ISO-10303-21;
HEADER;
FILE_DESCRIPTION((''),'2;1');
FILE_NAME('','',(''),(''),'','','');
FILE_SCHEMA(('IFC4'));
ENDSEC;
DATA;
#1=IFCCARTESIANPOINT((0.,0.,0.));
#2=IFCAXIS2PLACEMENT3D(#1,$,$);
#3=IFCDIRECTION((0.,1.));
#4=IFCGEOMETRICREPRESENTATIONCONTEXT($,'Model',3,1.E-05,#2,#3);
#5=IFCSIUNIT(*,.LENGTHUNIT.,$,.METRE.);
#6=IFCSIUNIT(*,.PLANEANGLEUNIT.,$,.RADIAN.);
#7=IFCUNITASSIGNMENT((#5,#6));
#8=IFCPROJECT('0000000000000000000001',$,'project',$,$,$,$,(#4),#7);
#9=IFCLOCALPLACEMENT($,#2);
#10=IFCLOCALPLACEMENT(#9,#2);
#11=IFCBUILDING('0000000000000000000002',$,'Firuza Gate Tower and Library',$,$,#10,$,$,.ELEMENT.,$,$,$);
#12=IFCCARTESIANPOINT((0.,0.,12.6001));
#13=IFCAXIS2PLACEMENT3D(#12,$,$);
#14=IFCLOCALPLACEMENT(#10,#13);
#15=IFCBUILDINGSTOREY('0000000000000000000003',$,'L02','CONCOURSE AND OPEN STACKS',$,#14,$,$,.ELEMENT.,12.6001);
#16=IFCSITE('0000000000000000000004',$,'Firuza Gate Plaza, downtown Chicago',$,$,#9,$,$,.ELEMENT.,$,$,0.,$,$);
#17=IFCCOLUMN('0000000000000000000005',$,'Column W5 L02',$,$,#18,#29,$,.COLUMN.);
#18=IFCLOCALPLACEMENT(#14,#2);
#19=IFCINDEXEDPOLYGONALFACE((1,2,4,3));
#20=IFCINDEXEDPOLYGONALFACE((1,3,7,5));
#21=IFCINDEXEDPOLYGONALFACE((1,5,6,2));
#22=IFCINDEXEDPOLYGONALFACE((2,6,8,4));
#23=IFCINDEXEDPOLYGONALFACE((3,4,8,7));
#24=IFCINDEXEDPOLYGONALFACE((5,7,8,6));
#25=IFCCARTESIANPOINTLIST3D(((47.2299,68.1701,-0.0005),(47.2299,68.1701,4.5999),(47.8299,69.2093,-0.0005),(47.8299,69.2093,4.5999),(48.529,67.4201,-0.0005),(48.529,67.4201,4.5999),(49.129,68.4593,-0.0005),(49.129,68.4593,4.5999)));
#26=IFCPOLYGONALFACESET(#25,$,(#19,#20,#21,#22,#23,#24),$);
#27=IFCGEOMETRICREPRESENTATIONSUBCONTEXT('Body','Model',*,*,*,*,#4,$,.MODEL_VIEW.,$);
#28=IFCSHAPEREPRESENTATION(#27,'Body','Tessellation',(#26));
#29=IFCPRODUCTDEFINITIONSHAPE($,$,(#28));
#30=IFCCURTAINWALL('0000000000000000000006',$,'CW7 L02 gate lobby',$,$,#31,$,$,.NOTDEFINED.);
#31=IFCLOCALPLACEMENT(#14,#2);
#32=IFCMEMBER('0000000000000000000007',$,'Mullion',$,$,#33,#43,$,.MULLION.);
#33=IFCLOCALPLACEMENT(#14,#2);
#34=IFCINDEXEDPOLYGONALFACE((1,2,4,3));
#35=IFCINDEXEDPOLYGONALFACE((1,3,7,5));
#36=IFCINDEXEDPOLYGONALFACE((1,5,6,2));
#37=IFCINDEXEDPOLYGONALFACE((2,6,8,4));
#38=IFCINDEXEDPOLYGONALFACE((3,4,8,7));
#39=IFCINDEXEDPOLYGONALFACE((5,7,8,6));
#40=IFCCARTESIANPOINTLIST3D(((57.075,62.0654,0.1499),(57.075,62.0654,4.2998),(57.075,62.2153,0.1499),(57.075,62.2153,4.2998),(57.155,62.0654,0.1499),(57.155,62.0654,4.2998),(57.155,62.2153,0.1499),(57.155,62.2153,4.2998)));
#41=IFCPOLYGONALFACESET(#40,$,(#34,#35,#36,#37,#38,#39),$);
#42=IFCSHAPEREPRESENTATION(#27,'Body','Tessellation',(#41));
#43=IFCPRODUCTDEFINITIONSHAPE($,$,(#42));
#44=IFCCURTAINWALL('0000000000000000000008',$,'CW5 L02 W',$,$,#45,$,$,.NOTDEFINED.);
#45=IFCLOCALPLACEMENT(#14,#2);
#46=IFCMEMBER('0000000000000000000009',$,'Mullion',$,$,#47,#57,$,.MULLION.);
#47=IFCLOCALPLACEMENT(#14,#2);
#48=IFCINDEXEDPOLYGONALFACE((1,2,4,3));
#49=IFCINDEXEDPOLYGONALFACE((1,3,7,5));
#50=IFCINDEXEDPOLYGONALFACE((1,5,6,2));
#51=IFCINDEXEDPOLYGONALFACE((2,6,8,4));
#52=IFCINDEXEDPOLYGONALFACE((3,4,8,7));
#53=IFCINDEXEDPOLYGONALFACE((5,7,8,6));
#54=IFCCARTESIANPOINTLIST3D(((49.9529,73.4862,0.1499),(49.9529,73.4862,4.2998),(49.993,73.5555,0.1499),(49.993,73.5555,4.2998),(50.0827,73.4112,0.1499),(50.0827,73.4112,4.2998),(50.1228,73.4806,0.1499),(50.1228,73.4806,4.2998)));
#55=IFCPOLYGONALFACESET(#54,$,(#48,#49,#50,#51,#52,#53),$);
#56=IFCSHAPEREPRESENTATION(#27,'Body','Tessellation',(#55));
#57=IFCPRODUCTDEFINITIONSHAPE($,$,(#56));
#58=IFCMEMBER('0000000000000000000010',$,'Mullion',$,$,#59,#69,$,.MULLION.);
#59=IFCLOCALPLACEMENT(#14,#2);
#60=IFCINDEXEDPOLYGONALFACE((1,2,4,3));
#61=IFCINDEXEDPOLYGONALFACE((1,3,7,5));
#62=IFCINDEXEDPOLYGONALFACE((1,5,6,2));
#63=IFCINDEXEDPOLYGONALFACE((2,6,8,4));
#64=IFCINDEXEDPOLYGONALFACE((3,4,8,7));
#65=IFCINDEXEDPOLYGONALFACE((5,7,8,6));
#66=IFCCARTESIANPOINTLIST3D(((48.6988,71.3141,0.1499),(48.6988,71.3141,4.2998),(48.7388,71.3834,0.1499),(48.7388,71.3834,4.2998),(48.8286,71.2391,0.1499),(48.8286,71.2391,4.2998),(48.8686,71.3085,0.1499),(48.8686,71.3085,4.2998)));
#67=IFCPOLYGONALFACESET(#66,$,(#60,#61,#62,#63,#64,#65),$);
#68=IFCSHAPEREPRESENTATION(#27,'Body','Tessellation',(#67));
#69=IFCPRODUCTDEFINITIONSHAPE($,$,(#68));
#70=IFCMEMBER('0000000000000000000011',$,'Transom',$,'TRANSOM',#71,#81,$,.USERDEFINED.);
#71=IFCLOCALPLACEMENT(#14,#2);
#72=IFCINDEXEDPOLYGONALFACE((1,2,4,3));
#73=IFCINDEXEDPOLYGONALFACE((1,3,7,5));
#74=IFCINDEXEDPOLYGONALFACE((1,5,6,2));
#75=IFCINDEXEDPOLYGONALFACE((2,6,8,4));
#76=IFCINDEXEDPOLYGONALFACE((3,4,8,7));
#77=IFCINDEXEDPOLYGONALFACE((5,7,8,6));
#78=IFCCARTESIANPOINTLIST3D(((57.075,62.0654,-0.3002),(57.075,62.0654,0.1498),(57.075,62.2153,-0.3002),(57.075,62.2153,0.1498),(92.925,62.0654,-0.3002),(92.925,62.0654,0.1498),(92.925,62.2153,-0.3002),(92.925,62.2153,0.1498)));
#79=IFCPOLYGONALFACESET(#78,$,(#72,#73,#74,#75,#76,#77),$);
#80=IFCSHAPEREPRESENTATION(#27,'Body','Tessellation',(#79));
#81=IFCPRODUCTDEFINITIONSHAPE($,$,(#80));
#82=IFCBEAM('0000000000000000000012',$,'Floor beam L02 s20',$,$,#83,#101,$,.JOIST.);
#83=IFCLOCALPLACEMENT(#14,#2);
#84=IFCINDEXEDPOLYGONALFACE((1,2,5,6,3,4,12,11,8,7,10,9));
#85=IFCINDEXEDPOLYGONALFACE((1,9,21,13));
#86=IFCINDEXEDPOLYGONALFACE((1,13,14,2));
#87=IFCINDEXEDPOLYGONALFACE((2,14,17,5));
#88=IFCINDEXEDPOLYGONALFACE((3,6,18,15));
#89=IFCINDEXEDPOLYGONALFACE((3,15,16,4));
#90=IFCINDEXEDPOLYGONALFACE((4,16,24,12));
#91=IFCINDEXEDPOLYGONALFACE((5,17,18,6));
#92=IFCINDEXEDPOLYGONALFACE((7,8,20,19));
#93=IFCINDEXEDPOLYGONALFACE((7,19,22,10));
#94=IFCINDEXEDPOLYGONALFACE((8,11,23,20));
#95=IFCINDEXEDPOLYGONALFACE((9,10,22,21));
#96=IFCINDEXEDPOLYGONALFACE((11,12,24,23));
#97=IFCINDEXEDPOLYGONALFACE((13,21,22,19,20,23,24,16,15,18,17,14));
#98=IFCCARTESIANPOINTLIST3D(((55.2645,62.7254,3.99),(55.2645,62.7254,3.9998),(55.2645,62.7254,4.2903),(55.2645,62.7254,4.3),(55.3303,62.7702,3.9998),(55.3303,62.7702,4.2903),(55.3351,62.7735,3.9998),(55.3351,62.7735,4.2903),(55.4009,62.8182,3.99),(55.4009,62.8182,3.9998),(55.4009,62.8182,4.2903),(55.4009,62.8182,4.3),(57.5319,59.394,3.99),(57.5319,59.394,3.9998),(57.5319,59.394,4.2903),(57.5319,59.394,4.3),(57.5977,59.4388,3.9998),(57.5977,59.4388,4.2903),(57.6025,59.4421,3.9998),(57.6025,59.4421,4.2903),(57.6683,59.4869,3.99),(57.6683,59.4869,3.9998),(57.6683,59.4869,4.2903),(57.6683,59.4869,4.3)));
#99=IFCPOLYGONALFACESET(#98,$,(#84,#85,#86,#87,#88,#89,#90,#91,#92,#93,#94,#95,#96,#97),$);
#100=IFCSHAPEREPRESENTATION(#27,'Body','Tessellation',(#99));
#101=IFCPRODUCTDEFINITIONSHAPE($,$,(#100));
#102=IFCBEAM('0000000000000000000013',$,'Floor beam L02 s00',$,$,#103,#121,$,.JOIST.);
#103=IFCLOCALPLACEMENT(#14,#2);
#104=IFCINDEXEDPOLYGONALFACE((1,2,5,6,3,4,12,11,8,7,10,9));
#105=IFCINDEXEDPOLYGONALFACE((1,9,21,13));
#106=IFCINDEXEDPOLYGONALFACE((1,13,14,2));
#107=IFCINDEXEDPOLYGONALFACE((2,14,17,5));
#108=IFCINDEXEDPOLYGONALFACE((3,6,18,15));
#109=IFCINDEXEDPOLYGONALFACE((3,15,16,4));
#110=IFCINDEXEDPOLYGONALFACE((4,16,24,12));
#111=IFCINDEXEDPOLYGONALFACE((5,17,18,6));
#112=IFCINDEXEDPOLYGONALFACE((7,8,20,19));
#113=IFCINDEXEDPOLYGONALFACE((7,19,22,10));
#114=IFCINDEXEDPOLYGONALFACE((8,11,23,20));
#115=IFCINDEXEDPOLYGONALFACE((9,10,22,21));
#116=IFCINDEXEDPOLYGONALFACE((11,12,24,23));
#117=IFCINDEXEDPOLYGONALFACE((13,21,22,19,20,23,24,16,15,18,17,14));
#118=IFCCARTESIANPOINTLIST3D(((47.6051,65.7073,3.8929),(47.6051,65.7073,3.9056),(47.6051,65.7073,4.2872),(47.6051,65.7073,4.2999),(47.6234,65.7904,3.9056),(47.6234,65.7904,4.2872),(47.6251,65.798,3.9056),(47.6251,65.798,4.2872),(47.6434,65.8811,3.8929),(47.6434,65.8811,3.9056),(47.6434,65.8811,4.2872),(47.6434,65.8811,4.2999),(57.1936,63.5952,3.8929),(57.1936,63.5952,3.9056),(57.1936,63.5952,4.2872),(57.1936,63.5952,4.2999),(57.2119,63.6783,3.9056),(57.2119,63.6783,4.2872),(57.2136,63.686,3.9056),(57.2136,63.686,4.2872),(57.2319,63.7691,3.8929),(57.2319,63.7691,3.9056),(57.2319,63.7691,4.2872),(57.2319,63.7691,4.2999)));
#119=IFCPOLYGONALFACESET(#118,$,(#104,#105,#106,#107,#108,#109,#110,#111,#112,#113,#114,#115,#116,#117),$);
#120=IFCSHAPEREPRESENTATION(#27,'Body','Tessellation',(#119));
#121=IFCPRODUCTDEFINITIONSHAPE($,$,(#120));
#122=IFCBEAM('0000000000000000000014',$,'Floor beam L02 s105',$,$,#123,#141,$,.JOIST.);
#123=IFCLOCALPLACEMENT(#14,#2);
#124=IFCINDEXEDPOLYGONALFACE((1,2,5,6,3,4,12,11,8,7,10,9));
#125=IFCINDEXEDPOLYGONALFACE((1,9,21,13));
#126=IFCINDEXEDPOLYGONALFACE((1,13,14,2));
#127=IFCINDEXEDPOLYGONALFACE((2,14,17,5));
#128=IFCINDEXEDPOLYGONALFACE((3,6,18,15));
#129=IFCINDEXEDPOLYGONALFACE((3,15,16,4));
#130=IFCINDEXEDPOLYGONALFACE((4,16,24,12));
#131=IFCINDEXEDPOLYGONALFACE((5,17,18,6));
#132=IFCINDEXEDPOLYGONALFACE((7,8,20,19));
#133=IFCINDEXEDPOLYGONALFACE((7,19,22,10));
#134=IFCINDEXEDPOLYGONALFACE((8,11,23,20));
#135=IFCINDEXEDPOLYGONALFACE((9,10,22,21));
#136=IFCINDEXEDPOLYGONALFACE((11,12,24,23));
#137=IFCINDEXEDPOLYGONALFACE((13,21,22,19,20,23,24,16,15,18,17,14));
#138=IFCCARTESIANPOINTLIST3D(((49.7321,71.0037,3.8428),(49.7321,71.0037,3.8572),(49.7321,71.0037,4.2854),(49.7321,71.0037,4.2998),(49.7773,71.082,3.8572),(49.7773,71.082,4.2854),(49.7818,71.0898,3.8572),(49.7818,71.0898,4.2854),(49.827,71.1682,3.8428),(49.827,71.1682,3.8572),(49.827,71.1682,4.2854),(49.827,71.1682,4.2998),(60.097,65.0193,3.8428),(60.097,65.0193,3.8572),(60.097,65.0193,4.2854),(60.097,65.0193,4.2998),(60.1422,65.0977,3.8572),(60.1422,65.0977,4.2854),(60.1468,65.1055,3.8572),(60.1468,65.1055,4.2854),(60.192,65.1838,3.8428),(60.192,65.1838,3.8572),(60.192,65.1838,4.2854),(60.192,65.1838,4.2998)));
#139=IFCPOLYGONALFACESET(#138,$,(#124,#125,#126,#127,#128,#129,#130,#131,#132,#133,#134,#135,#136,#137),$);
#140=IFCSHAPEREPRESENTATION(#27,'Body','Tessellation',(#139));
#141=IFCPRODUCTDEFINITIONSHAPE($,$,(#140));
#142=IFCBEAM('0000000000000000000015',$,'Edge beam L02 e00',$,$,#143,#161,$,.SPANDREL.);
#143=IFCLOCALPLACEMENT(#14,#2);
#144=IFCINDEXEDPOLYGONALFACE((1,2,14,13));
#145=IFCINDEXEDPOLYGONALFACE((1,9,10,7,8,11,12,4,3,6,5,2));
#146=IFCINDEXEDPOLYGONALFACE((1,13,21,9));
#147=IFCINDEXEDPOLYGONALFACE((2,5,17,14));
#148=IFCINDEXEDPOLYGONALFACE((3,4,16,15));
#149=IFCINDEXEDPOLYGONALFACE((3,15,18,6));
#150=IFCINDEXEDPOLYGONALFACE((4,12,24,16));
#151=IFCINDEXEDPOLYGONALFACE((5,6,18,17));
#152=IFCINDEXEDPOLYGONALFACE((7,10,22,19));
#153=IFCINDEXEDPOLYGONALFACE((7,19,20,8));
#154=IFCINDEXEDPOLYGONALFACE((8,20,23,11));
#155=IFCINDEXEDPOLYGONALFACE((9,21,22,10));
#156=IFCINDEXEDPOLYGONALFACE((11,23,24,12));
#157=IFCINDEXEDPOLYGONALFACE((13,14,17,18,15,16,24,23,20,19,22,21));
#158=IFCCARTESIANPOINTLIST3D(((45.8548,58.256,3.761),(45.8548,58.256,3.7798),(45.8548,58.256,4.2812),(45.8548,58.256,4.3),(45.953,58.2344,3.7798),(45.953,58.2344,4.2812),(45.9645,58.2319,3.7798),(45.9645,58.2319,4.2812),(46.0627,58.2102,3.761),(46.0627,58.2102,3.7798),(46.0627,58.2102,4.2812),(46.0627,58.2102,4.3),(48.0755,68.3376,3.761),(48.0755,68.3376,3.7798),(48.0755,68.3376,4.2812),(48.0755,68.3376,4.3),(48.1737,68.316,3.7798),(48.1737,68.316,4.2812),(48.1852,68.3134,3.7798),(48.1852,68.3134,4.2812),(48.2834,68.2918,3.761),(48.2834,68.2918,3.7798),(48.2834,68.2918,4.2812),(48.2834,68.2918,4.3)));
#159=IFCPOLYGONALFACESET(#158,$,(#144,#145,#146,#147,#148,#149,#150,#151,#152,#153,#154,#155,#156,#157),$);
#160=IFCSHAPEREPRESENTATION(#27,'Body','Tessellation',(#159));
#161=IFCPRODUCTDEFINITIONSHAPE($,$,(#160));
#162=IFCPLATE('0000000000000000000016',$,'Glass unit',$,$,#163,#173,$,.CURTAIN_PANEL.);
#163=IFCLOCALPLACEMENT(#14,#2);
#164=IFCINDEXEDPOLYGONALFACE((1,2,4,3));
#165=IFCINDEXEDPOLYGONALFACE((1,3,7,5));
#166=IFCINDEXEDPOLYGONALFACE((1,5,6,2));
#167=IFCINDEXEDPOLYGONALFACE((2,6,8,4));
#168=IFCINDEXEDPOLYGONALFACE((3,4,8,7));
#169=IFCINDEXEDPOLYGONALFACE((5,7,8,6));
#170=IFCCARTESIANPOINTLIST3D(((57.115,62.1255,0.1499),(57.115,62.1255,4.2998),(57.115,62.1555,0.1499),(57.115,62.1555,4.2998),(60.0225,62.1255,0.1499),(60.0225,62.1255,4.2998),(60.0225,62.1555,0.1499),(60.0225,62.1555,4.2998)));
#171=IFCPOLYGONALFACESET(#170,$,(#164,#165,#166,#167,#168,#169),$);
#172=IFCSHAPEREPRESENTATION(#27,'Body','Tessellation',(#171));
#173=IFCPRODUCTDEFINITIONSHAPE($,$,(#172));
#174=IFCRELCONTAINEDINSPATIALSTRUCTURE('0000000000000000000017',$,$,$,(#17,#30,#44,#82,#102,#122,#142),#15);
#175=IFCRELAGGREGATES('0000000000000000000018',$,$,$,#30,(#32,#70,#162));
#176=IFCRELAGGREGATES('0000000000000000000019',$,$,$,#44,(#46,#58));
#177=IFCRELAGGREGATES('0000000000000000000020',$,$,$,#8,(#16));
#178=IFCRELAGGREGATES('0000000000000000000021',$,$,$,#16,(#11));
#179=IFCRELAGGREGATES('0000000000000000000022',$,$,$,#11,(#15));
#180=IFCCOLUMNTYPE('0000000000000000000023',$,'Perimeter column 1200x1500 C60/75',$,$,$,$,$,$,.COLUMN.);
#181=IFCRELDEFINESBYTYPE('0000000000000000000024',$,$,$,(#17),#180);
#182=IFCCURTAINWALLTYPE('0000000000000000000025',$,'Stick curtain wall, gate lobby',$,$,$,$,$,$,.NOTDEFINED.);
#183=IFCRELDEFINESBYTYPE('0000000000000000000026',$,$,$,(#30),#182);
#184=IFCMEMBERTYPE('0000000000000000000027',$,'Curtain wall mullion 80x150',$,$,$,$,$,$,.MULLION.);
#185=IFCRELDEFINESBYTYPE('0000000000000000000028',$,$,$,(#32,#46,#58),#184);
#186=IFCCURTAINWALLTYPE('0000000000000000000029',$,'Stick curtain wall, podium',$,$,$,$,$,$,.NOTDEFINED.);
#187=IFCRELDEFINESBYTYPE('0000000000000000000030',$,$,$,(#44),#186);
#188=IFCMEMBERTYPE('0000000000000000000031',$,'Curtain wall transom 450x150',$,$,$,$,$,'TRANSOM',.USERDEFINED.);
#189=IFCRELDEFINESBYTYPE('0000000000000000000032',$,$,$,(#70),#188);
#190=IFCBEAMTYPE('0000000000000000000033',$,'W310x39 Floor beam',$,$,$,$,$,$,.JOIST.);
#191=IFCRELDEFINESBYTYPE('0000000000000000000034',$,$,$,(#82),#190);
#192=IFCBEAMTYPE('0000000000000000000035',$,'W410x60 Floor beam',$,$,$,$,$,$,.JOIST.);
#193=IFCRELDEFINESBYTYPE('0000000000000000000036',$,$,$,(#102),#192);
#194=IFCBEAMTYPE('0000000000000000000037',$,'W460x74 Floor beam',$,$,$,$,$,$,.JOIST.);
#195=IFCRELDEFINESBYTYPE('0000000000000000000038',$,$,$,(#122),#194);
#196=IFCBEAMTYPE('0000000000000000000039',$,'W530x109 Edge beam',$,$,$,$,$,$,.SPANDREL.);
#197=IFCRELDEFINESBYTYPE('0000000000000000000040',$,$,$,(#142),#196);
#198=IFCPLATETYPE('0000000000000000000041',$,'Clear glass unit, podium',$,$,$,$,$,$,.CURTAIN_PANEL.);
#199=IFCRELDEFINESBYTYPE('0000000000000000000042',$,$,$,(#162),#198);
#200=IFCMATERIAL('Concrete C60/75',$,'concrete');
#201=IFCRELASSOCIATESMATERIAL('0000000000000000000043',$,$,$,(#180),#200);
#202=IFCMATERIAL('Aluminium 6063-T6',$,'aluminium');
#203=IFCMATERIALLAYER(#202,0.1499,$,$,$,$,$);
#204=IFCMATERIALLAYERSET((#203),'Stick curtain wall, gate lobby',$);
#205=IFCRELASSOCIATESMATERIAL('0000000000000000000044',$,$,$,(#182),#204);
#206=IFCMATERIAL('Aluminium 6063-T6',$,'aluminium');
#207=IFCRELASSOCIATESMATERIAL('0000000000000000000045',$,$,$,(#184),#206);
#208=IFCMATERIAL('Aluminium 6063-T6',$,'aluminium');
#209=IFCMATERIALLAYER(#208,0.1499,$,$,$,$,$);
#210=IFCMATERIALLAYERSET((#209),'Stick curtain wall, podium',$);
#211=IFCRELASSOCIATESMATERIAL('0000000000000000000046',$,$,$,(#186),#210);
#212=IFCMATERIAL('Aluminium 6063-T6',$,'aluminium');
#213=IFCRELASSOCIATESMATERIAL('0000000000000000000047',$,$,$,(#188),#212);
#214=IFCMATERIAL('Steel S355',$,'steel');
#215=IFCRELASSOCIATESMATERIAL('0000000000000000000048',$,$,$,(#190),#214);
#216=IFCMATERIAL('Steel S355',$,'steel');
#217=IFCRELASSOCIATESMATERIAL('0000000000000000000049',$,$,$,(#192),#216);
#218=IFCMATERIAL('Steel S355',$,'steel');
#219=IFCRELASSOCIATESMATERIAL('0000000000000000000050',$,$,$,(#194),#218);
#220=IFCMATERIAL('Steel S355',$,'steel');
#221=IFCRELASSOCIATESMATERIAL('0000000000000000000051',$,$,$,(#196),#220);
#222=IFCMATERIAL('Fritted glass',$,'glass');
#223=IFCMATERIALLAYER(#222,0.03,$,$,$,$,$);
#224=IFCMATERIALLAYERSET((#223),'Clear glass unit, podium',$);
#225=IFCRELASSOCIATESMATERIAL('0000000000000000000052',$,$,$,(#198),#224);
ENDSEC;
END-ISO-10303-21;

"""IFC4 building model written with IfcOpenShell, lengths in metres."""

from ifc_helpers import new_model, si_unit, direction, frame, origin, origin_2d, place, context, subcontext, project, spatial, polyline, rectangle, i_section, outline, extrude, material, layer, layer_set, material_profile, profile_set, type_object, element, aggregate, save


model = new_model("IFC4")

# Units and contexts
model_context = context("Model", 3, precision=1e-05, world=origin(), true_north=direction((0.0, 1.0)))
body_context = subcontext(model_context, "Body", "Model", "MODEL_VIEW")
ifc_project = project(units=[si_unit("LENGTHUNIT", "METRE"), si_unit("PLANEANGLEUNIT", "RADIAN")], contexts=[model_context])

# Site, building, storey
site_placement = place(None, origin())
site = spatial("IfcSite", under=ifc_project, at=site_placement, Name="Firuza Gate Plaza, downtown Chicago", CompositionType="ELEMENT", RefElevation=0.0)
building_placement = place(site_placement, origin())
building = spatial("IfcBuilding", under=site, at=building_placement, Name="Firuza Gate Tower and Library", CompositionType="ELEMENT")
storey_placement = place(building_placement, frame((0.0, 0.0, 12.6001)))
storey = spatial("IfcBuildingStorey", under=building, at=storey_placement, Name="L02", Description="CONCOURSE AND OPEN STACKS", CompositionType="ELEMENT", Elevation=12.6001)

# Column
ifc_material_1 = material(Name="Concrete C60/75", Category="concrete")
ifc_material_profile_1 = material_profile(ifc_material_1, rectangle(XDim=1.2, YDim=1.5, at=origin_2d()))
ifc_profile_set_1 = profile_set([ifc_material_profile_1], Name="Concrete C60/75")
column_type = type_object("IfcColumnType", Name="Perimeter column 1200x1500 C60/75", PredefinedType="COLUMN", material=ifc_profile_set_1)
column_placement = place(storey_placement, frame((48.1794, 68.3147, -0.0005), z_axis=(0.0, 0.0, 1.0), x_axis=(-0.5, -0.866025, 0.0)))
element("IfcColumn", 1, at=column_placement, inside=storey, type_object=column_type, Name="Column W5 L02", PredefinedType="COLUMN", context=body_context, shape_type="SweptSolid", body=[
    extrude(rectangle(XDim=1.2, YDim=1.5, at=origin_2d()), origin(), (0.0, 0.0, 1.0), 4.6003),
])

# Curtain wall, member
ifc_material_2 = material(Name="Aluminium 6063-T6", Category="aluminium")
ifc_layer_1 = layer(ifc_material_2, 0.1499)
ifc_layer_set_1 = layer_set([ifc_layer_1], Name="Stick curtain wall, gate lobby")
curtain_wall_type_1 = type_object("IfcCurtainWallType", Name="Stick curtain wall, gate lobby", PredefinedType="NOTDEFINED", material=ifc_layer_set_1)
placement = place(storey_placement, origin())
curtain_wall_1 = element("IfcCurtainWall", 2, at=placement, inside=storey, type_object=curtain_wall_type_1, Name="CW7 L02 gate lobby", PredefinedType="NOTDEFINED")
ifc_material_3 = material(Name="Aluminium 6063-T6", Category="aluminium")
ifc_material_profile_2 = material_profile(ifc_material_3, rectangle(XDim=0.1499, YDim=0.0801, at=origin_2d()))
ifc_profile_set_2 = profile_set([ifc_material_profile_2], Name="Aluminium 6063-T6")
member_type_1 = type_object("IfcMemberType", Name="Curtain wall mullion 80x150", PredefinedType="MULLION", material=ifc_profile_set_2)
member_1_placement = place(storey_placement, frame((57.115, 62.1404, 0.1499), z_axis=(0.0, 0.0, 1.0), x_axis=(0.0, 1.0, 0.0)))
member_1 = element("IfcMember", 3, at=member_1_placement, type_object=member_type_1, Name="Mullion", PredefinedType="MULLION", context=body_context, shape_type="SweptSolid", body=[
    extrude(rectangle(XDim=0.1499, YDim=0.0801, at=origin_2d()), origin(), (0.0, 0.0, 1.0), 4.1499),
])

# Curtain wall, members
ifc_material_4 = material(Name="Aluminium 6063-T6", Category="aluminium")
ifc_layer_2 = layer(ifc_material_4, 0.1499)
ifc_layer_set_2 = layer_set([ifc_layer_2], Name="Stick curtain wall, podium")
curtain_wall_type_2 = type_object("IfcCurtainWallType", Name="Stick curtain wall, podium", PredefinedType="NOTDEFINED", material=ifc_layer_set_2)
curtain_wall_2 = element("IfcCurtainWall", 4, at=placement, inside=storey, type_object=curtain_wall_type_2, Name="CW5 L02 W", PredefinedType="NOTDEFINED")
member_2_placement = place(storey_placement, frame((50.0378, 73.4834, 0.1499), z_axis=(0.0, 0.0, 1.0), x_axis=(0.866025, -0.5, 0.0)))
member_2 = element("IfcMember", 5, at=member_2_placement, type_object=member_type_1, Name="Mullion", PredefinedType="MULLION", context=body_context, shape_type="SweptSolid", body=[
    extrude(rectangle(XDim=0.1499, YDim=0.0801, at=origin_2d()), origin(), (0.0, 0.0, 1.0), 4.1499),
])
member_3_placement = place(storey_placement, frame((48.7837, 71.3113, 0.1499), z_axis=(0.0, 0.0, 1.0), x_axis=(0.866025, -0.5, 0.0)))
member_3 = element("IfcMember", 6, at=member_3_placement, type_object=member_type_1, Name="Mullion", PredefinedType="MULLION", context=body_context, shape_type="SweptSolid", body=[
    extrude(rectangle(XDim=0.1499, YDim=0.0801, at=origin_2d()), origin(), (0.0, 0.0, 1.0), 4.1499),
])

# Member
ifc_material_5 = material(Name="Aluminium 6063-T6", Category="aluminium")
ifc_material_profile_3 = material_profile(ifc_material_5, rectangle(XDim=0.1499, YDim=0.45, at=origin_2d()))
ifc_profile_set_3 = profile_set([ifc_material_profile_3], Name="Aluminium 6063-T6")
member_type_2 = type_object("IfcMemberType", Name="Curtain wall transom 450x150", ElementType="TRANSOM", PredefinedType="USERDEFINED", material=ifc_profile_set_3)
member_4_placement = place(storey_placement, frame((57.075, 62.1404, -0.0752), z_axis=(1.0, 0.0, 0.0), x_axis=(0.0, 1.0, 0.0)))
member_4 = element("IfcMember", 7, at=member_4_placement, type_object=member_type_2, Name="Transom", ObjectType="TRANSOM", PredefinedType="USERDEFINED", context=body_context, shape_type="SweptSolid", body=[
    extrude(rectangle(XDim=0.1499, YDim=0.45, at=origin_2d()), origin(), (0.0, 0.0, 1.0), 35.8501),
])

# Beams
ifc_material_6 = material(Name="Steel S355", Category="steel")
ifc_material_profile_4 = material_profile(ifc_material_6, i_section(OverallWidth=0.165, OverallDepth=0.3101, WebThickness=0.0059, FlangeThickness=0.0098, at=origin_2d()))
ifc_profile_set_4 = profile_set([ifc_material_profile_4], Name="Steel S355")
beam_type_1 = type_object("IfcBeamType", Name="W310x39 Floor beam", PredefinedType="JOIST", material=ifc_profile_set_4)
beam_1_placement = place(storey_placement, frame((57.6001, 59.4404, 4.145), z_axis=(-0.562658, 0.82669, 0.0), x_axis=(-0.82669, -0.562658, 0.0)))
element("IfcBeam", 8, at=beam_1_placement, inside=storey, type_object=beam_type_1, Name="Floor beam L02 s20", PredefinedType="JOIST", context=body_context, shape_type="SweptSolid", body=[
    extrude(i_section(OverallWidth=0.165, OverallDepth=0.3101, WebThickness=0.0059, FlangeThickness=0.0098, at=origin_2d()), origin(), (0.0, 0.0, 1.0), 4.0298),
])
ifc_material_7 = material(Name="Steel S355", Category="steel")
ifc_material_profile_5 = material_profile(ifc_material_7, i_section(OverallWidth=0.178, OverallDepth=0.407, WebThickness=0.0078, FlangeThickness=0.0127, at=origin_2d()))
ifc_profile_set_5 = profile_set([ifc_material_profile_5], Name="Steel S355")
beam_type_2 = type_object("IfcBeamType", Name="W410x60 Floor beam", PredefinedType="JOIST", material=ifc_profile_set_5)
beam_2_placement = place(storey_placement, frame((47.6243, 65.7942, 4.0964), z_axis=(0.97659, -0.215111, 0.0), x_axis=(0.215111, 0.97659, 0.0)))
element("IfcBeam", 9, at=beam_2_placement, inside=storey, type_object=beam_type_2, Name="Floor beam L02 s00", PredefinedType="JOIST", context=body_context, shape_type="SweptSolid", body=[
    extrude(i_section(OverallWidth=0.178, OverallDepth=0.407, WebThickness=0.0078, FlangeThickness=0.0127, at=origin_2d()), origin(), (0.0, 0.0, 1.0), 9.8184),
])
ifc_material_8 = material(Name="Steel S355", Category="steel")
ifc_material_profile_6 = material_profile(ifc_material_8, i_section(OverallWidth=0.1899, OverallDepth=0.457, WebThickness=0.009, FlangeThickness=0.0144, at=origin_2d()))
ifc_profile_set_6 = profile_set([ifc_material_profile_6], Name="Steel S355")
beam_type_3 = type_object("IfcBeamType", Name="W460x74 Floor beam", PredefinedType="JOIST", material=ifc_profile_set_6)
beam_3_placement = place(storey_placement, frame((49.7795, 71.0859, 4.0713), z_axis=(0.86602, -0.500009, 0.0), x_axis=(0.500009, 0.86602, 0.0)))
element("IfcBeam", 10, at=beam_3_placement, inside=storey, type_object=beam_type_3, Name="Floor beam L02 s105", PredefinedType="JOIST", context=body_context, shape_type="SweptSolid", body=[
    extrude(i_section(OverallWidth=0.1899, OverallDepth=0.457, WebThickness=0.009, FlangeThickness=0.0144, at=origin_2d()), origin(), (0.0, 0.0, 1.0), 11.9685),
])
ifc_material_9 = material(Name="Steel S355", Category="steel")
ifc_material_profile_7 = material_profile(ifc_material_9, i_section(OverallWidth=0.2129, OverallDepth=0.5391, WebThickness=0.0117, FlangeThickness=0.0188, at=origin_2d()))
ifc_profile_set_7 = profile_set([ifc_material_profile_7], Name="Steel S355")
beam_type_4 = type_object("IfcBeamType", Name="W530x109 Edge beam", PredefinedType="SPANDREL", material=ifc_profile_set_7)
beam_4_placement = place(storey_placement, frame((48.1794, 68.3147, 4.0305), z_axis=(-0.215117, -0.976588, 0.0), x_axis=(0.976588, -0.215117, 0.0)))
element("IfcBeam", 11, at=beam_4_placement, inside=storey, type_object=beam_type_4, Name="Edge beam L02 e00", PredefinedType="SPANDREL", context=body_context, shape_type="SweptSolid", body=[
    extrude(i_section(OverallWidth=0.2129, OverallDepth=0.5391, WebThickness=0.0117, FlangeThickness=0.0188, at=origin_2d()), origin(), (0.0, 0.0, 1.0), 10.3232),
])

# Plate
ifc_material_10 = material(Name="Fritted glass", Category="glass")
ifc_layer_3 = layer(ifc_material_10, 0.03)
ifc_layer_set_3 = layer_set([ifc_layer_3], Name="Clear glass unit, podium")
plate_type = type_object("IfcPlateType", Name="Clear glass unit, podium", PredefinedType="CURTAIN_PANEL", material=ifc_layer_set_3)
plate_1_placement = place(storey_placement, frame((57.115, 62.1255, 0.1499), z_axis=(0.0, -1.0, 0.0), x_axis=(1.0, 0.0, 0.0)))
plate_1 = element("IfcPlate", 12, at=plate_1_placement, type_object=plate_type, Name="Glass unit", PredefinedType="CURTAIN_PANEL", context=body_context, shape_type="SweptSolid", body=[
    extrude(outline(polyline([(0.0, 0.0), (2.9075, 0.0), (2.9075, 4.1499), (0.0, 4.1499), (0.0, 0.0)])), origin(), (0.0, 0.0, -1.0), 0.03),
])
aggregate(curtain_wall_1, [member_1, member_4, plate_1])
aggregate(curtain_wall_2, [member_2, member_3])

save(model, "model.ifc")
